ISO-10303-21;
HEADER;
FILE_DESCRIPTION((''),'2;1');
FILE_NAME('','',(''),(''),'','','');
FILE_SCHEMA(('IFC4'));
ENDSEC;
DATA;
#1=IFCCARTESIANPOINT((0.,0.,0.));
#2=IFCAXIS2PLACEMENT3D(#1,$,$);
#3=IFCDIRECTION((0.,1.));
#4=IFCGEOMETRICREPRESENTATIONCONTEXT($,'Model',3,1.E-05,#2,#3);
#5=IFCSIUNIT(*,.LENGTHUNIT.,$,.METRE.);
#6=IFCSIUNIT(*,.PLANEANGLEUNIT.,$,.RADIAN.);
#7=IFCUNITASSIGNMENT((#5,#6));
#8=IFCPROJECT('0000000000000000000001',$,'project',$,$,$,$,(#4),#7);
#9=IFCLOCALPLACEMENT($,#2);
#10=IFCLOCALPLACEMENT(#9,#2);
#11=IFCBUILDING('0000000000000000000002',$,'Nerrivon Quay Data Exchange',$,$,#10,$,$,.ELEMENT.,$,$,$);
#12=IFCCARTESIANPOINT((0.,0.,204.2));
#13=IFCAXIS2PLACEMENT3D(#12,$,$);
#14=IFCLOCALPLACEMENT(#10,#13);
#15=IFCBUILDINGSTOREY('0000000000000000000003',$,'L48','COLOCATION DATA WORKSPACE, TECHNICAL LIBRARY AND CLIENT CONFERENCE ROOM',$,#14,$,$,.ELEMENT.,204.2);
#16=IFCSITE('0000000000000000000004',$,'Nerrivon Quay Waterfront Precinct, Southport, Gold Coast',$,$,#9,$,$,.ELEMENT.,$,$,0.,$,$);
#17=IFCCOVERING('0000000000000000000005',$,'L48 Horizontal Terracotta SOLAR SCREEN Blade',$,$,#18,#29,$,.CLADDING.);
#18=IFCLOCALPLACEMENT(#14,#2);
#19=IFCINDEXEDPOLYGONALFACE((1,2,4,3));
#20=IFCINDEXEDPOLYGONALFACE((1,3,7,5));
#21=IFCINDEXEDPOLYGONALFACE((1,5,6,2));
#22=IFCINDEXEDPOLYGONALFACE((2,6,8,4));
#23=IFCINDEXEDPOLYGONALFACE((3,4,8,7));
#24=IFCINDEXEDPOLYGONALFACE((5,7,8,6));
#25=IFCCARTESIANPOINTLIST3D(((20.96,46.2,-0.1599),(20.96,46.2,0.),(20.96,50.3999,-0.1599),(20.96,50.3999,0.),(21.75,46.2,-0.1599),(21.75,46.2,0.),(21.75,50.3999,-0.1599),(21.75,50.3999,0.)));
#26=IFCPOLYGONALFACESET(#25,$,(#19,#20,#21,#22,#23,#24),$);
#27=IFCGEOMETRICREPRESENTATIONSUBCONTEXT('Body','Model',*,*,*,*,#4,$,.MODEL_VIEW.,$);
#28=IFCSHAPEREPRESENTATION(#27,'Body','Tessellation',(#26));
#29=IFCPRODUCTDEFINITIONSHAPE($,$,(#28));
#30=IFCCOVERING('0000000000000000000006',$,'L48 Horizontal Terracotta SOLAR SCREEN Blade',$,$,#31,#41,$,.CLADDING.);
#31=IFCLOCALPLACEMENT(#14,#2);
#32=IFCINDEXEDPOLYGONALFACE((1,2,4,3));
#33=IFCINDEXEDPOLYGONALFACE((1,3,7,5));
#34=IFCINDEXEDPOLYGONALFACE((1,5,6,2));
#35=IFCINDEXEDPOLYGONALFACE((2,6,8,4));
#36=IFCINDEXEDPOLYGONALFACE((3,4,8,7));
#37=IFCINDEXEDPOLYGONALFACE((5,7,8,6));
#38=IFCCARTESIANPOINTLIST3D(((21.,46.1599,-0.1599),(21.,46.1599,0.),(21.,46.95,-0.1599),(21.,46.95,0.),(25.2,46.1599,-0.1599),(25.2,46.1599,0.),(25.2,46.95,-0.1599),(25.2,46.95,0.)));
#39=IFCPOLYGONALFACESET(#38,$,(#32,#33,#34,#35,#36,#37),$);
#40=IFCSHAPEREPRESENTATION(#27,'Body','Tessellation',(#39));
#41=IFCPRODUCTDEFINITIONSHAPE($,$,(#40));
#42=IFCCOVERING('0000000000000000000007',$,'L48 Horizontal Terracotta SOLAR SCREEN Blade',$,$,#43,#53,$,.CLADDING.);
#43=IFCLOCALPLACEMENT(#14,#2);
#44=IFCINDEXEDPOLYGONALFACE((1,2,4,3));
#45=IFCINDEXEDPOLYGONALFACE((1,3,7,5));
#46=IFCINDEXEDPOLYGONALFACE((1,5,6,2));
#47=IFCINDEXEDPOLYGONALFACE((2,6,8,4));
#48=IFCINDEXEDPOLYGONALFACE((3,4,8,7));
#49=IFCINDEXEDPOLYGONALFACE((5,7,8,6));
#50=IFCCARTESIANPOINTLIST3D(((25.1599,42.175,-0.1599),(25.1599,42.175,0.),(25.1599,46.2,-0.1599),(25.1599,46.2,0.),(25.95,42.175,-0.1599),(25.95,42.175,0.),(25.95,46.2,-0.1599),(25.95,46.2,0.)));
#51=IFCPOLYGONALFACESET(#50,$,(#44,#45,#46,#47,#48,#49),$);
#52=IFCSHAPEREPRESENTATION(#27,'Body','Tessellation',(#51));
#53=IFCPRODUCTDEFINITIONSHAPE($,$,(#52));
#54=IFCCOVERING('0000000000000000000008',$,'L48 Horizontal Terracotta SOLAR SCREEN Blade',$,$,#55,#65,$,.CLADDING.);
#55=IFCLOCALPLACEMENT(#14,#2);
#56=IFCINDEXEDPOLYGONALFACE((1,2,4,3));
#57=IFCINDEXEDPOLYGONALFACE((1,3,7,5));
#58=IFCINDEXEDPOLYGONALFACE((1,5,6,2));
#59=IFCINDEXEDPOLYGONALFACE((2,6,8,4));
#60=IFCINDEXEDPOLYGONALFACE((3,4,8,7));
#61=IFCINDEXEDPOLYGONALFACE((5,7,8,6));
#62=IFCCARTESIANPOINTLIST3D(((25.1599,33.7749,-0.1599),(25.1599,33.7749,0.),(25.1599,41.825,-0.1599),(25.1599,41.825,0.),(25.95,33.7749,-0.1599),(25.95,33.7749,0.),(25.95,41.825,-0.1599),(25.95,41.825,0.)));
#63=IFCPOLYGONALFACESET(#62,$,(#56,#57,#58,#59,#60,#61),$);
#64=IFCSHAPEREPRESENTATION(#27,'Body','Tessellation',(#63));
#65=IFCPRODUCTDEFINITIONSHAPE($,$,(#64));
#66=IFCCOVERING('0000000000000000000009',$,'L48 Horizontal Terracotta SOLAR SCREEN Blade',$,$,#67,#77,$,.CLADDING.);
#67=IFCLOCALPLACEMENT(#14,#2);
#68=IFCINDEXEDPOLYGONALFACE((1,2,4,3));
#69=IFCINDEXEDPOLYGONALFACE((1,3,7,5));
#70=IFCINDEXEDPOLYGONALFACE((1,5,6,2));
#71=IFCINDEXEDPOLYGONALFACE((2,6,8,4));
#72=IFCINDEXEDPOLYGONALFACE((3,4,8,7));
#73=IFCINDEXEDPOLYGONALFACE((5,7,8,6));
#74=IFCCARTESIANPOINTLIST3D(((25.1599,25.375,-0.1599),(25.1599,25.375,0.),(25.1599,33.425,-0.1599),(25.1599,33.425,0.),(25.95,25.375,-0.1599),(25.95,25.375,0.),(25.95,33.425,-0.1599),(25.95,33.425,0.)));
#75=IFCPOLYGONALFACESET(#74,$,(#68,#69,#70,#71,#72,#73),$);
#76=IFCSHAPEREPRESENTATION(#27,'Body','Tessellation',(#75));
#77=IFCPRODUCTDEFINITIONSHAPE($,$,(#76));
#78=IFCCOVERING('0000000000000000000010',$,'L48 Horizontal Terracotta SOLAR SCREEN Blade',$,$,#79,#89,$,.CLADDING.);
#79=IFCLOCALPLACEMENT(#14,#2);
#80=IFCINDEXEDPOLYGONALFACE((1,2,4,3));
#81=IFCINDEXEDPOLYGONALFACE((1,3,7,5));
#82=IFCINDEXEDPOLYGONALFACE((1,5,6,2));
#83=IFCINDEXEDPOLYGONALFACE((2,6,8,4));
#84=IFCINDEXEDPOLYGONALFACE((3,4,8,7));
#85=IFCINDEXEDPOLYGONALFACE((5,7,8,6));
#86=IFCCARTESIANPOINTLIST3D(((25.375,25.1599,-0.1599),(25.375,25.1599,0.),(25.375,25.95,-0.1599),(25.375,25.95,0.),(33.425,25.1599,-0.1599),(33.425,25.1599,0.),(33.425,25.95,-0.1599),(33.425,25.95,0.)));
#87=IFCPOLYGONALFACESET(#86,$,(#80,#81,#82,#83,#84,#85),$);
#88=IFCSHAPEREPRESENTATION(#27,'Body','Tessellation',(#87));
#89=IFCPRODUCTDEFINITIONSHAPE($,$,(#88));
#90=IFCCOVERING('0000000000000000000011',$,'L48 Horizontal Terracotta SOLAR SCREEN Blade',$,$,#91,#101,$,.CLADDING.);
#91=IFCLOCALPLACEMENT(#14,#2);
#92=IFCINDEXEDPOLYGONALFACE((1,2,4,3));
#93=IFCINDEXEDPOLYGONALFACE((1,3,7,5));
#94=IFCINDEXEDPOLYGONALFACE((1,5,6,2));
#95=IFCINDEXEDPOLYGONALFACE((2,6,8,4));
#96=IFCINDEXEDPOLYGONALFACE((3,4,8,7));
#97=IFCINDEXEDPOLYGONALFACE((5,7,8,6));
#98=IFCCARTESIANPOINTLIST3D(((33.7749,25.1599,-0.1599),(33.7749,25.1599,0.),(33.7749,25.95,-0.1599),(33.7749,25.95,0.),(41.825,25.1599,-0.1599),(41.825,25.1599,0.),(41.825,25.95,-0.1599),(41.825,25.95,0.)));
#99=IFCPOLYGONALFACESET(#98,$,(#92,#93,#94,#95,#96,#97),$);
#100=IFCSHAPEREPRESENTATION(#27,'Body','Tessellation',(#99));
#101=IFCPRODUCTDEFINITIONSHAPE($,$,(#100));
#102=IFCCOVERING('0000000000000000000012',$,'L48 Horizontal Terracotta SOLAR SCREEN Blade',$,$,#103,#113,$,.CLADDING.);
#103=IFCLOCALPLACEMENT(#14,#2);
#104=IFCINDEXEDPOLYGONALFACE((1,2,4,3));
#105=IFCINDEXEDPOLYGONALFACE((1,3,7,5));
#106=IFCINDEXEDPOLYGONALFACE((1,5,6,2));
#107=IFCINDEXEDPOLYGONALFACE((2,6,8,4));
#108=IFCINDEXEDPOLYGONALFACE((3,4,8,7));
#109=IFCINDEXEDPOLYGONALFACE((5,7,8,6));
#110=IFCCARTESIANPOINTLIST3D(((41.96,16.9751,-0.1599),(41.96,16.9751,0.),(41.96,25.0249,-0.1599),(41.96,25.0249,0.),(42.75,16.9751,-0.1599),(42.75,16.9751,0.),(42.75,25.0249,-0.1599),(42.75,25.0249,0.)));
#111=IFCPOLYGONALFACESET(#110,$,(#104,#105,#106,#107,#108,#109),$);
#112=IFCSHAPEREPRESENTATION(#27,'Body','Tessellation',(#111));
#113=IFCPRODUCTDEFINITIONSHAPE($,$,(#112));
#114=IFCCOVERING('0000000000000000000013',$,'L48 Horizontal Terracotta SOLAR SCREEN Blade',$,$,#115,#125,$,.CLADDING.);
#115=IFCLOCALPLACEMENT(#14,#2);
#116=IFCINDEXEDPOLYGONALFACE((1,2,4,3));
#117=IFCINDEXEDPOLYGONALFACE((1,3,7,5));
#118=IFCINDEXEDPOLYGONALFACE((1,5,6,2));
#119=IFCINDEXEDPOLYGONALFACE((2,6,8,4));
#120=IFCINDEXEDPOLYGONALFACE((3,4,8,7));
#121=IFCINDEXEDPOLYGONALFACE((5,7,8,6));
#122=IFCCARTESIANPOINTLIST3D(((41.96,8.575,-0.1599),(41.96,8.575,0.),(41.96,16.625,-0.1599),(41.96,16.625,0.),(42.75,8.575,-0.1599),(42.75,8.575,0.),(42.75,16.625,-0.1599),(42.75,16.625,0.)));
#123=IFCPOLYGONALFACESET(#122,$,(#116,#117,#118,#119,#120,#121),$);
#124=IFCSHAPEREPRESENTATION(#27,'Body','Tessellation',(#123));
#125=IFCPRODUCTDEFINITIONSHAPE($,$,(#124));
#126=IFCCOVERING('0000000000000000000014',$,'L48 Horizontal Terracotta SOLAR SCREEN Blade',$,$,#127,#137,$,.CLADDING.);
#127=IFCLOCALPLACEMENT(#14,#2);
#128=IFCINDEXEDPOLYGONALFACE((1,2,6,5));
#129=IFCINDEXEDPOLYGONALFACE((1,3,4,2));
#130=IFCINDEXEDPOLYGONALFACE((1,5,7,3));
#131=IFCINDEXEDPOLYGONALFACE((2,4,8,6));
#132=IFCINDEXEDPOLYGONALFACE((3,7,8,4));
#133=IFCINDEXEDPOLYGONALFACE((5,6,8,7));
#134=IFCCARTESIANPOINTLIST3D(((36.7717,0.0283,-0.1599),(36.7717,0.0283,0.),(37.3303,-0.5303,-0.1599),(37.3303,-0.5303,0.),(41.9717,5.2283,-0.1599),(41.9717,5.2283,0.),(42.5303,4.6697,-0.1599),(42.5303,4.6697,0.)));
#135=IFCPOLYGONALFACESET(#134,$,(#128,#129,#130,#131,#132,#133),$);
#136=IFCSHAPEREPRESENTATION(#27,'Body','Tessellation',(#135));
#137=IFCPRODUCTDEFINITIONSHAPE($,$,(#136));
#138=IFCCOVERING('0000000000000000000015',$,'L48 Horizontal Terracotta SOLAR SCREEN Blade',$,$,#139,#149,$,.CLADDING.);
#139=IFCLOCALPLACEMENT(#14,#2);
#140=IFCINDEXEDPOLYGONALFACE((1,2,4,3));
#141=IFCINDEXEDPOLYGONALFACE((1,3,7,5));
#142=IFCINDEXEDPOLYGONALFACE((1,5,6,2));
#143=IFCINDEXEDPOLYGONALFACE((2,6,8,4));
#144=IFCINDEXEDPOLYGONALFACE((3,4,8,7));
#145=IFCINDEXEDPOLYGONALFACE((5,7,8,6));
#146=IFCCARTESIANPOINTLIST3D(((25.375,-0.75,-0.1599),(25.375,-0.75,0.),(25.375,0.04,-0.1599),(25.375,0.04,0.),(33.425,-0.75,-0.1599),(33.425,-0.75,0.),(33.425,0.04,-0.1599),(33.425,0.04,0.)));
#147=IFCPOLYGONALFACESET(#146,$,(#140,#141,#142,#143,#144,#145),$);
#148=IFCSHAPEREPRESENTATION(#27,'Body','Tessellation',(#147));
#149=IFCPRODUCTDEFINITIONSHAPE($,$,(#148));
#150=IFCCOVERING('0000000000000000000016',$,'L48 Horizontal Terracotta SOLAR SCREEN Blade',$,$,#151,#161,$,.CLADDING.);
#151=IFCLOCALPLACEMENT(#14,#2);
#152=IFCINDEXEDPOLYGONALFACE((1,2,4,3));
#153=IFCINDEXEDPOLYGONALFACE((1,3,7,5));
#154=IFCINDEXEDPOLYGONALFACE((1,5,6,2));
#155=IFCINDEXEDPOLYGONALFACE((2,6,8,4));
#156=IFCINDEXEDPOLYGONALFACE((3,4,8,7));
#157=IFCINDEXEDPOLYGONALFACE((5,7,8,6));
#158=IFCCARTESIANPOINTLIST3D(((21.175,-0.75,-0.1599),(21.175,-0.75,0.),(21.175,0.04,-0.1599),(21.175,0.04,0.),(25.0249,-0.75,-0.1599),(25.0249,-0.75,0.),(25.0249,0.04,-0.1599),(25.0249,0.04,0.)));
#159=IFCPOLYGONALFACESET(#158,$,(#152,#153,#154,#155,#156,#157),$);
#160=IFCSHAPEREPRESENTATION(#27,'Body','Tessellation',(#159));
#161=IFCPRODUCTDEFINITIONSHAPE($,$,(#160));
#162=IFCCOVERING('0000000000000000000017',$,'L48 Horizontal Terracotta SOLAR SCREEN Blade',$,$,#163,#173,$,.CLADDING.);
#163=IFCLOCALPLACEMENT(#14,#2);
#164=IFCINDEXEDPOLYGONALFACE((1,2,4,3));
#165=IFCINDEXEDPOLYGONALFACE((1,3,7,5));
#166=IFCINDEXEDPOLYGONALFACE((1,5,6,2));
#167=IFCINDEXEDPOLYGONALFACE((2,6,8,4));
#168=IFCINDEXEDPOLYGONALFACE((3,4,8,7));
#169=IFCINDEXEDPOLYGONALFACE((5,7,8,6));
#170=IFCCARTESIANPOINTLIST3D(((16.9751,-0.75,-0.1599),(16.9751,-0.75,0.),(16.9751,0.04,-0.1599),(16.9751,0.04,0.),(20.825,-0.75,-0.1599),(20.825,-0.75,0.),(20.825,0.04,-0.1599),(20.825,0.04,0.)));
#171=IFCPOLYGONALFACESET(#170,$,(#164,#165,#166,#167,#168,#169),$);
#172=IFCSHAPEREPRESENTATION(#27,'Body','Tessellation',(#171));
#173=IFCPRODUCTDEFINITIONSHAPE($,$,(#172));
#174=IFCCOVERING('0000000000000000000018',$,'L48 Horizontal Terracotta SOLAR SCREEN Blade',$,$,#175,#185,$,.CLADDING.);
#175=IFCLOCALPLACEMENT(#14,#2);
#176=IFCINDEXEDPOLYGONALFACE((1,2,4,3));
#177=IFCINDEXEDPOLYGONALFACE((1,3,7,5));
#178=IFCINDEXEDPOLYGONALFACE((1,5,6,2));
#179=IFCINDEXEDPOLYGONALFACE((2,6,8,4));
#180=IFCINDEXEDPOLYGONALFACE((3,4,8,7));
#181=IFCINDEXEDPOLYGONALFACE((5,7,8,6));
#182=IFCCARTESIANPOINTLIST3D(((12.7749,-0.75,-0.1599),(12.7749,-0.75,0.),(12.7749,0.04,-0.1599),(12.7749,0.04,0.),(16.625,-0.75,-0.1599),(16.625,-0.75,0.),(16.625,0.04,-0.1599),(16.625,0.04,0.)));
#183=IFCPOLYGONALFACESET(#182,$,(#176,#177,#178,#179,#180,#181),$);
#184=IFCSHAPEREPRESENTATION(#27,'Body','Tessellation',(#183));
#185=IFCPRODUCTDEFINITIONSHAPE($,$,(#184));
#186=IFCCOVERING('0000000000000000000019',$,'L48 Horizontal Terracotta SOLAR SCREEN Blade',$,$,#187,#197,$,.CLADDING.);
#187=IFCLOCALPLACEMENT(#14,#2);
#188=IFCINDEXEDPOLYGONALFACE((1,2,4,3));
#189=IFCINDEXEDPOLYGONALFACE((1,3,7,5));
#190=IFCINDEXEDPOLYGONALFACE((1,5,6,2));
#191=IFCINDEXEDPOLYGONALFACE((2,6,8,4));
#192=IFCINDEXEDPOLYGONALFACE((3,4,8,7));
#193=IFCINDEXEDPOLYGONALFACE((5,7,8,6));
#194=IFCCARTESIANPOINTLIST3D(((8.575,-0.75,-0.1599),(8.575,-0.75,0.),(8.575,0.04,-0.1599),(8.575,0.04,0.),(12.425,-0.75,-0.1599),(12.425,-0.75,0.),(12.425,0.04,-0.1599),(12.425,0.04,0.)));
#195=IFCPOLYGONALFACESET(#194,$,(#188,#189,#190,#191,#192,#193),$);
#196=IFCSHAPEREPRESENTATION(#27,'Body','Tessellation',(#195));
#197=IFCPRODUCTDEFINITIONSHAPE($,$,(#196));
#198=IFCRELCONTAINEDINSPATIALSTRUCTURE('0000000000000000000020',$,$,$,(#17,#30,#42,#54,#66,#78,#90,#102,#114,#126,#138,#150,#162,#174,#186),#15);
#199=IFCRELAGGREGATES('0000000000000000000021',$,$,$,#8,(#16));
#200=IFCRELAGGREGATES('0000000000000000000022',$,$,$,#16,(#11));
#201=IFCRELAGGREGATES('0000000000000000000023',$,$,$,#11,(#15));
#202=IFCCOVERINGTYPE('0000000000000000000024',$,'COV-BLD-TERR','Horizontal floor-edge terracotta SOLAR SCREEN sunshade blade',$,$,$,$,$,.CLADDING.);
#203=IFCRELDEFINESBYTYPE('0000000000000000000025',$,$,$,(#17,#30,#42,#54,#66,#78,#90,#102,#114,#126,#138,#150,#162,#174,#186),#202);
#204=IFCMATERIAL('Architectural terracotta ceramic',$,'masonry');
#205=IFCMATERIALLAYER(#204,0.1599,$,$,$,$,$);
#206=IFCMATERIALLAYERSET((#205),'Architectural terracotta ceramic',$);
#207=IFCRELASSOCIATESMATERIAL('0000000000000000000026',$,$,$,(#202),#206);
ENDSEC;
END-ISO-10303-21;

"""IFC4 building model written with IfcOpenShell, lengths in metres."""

from ifc_helpers import new_model, si_unit, direction, frame, origin, place, context, subcontext, project, spatial, polyline, outline, extrude, material, layer, layer_set, type_object, element, save


model = new_model("IFC4")

# Units and contexts
model_context = context("Model", 3, precision=1e-05, world=origin(), true_north=direction((0.0, 1.0)))
body_context = subcontext(model_context, "Body", "Model", "MODEL_VIEW")
ifc_project = project(units=[si_unit("LENGTHUNIT", "METRE"), si_unit("PLANEANGLEUNIT", "RADIAN")], contexts=[model_context])

# Site, building, storey
site_placement = place(None, origin())
site = spatial("IfcSite", under=ifc_project, at=site_placement, Name="Nerrivon Quay Waterfront Precinct, Southport, Gold Coast", CompositionType="ELEMENT", RefElevation=0.0)
building_placement = place(site_placement, origin())
building = spatial("IfcBuilding", under=site, at=building_placement, Name="Nerrivon Quay Data Exchange", CompositionType="ELEMENT")
storey_placement = place(building_placement, frame((0.0, 0.0, 204.2)))
storey = spatial("IfcBuildingStorey", under=building, at=storey_placement, Name="L48", Description="COLOCATION DATA WORKSPACE, TECHNICAL LIBRARY AND CLIENT CONFERENCE ROOM", CompositionType="ELEMENT", Elevation=204.2)

# Coverings
ifc_material_1 = material(Name="Architectural terracotta ceramic", Category="masonry")
ifc_layer_1 = layer(ifc_material_1, 0.1599)
ifc_layer_set_1 = layer_set([ifc_layer_1], Name="Architectural terracotta ceramic")
covering_type = type_object("IfcCoveringType", Name="COV-BLD-TERR", Description="Horizontal floor-edge terracotta SOLAR SCREEN sunshade blade", PredefinedType="CLADDING", material=ifc_layer_set_1)
covering_1_placement = place(storey_placement, frame((0.0, 0.0, -0.1599)))
element("IfcCovering", 1, at=covering_1_placement, inside=storey, type_object=covering_type, Name="L48 Horizontal Terracotta SOLAR SCREEN Blade", PredefinedType="CLADDING", context=body_context, shape_type="SweptSolid", body=[
    extrude(outline(polyline([(20.96, 50.3999), (20.96, 46.2), (21.75, 46.2), (21.75, 50.3999), (20.96, 50.3999)])), origin(), (0.0, 0.0, 1.0), 0.1599),
])
covering_2_placement = place(storey_placement, frame((0.0, 0.0, -0.1599)))
element("IfcCovering", 2, at=covering_2_placement, inside=storey, type_object=covering_type, Name="L48 Horizontal Terracotta SOLAR SCREEN Blade", PredefinedType="CLADDING", context=body_context, shape_type="SweptSolid", body=[
    extrude(outline(polyline([(21.0, 46.1599), (25.2, 46.1599), (25.2, 46.95), (21.0, 46.95), (21.0, 46.1599)])), origin(), (0.0, 0.0, 1.0), 0.1599),
])
covering_3_placement = place(storey_placement, frame((0.0, 0.0, -0.1599)))
element("IfcCovering", 3, at=covering_3_placement, inside=storey, type_object=covering_type, Name="L48 Horizontal Terracotta SOLAR SCREEN Blade", PredefinedType="CLADDING", context=body_context, shape_type="SweptSolid", body=[
    extrude(outline(polyline([(25.1599, 46.2), (25.1599, 42.175), (25.95, 42.175), (25.95, 46.2), (25.1599, 46.2)])), origin(), (0.0, 0.0, 1.0), 0.1599),
])
covering_4_placement = place(storey_placement, frame((0.0, 0.0, -0.1599)))
element("IfcCovering", 4, at=covering_4_placement, inside=storey, type_object=covering_type, Name="L48 Horizontal Terracotta SOLAR SCREEN Blade", PredefinedType="CLADDING", context=body_context, shape_type="SweptSolid", body=[
    extrude(outline(polyline([(25.1599, 41.825), (25.1599, 33.7749), (25.95, 33.7749), (25.95, 41.825), (25.1599, 41.825)])), origin(), (0.0, 0.0, 1.0), 0.1599),
])
covering_5_placement = place(storey_placement, frame((0.0, 0.0, -0.1599)))
element("IfcCovering", 5, at=covering_5_placement, inside=storey, type_object=covering_type, Name="L48 Horizontal Terracotta SOLAR SCREEN Blade", PredefinedType="CLADDING", context=body_context, shape_type="SweptSolid", body=[
    extrude(outline(polyline([(25.1599, 33.425), (25.1599, 25.375), (25.95, 25.375), (25.95, 33.425), (25.1599, 33.425)])), origin(), (0.0, 0.0, 1.0), 0.1599),
])
covering_6_placement = place(storey_placement, frame((0.0, 0.0, -0.1599)))
element("IfcCovering", 6, at=covering_6_placement, inside=storey, type_object=covering_type, Name="L48 Horizontal Terracotta SOLAR SCREEN Blade", PredefinedType="CLADDING", context=body_context, shape_type="SweptSolid", body=[
    extrude(outline(polyline([(25.375, 25.1599), (33.425, 25.1599), (33.425, 25.95), (25.375, 25.95), (25.375, 25.1599)])), origin(), (0.0, 0.0, 1.0), 0.1599),
])
covering_7_placement = place(storey_placement, frame((0.0, 0.0, -0.1599)))
element("IfcCovering", 7, at=covering_7_placement, inside=storey, type_object=covering_type, Name="L48 Horizontal Terracotta SOLAR SCREEN Blade", PredefinedType="CLADDING", context=body_context, shape_type="SweptSolid", body=[
    extrude(outline(polyline([(33.7749, 25.1599), (41.825, 25.1599), (41.825, 25.95), (33.7749, 25.95), (33.7749, 25.1599)])), origin(), (0.0, 0.0, 1.0), 0.1599),
])
covering_8_placement = place(storey_placement, frame((0.0, 0.0, -0.1599)))
element("IfcCovering", 8, at=covering_8_placement, inside=storey, type_object=covering_type, Name="L48 Horizontal Terracotta SOLAR SCREEN Blade", PredefinedType="CLADDING", context=body_context, shape_type="SweptSolid", body=[
    extrude(outline(polyline([(41.96, 25.0249), (41.96, 16.9751), (42.75, 16.9751), (42.75, 25.0249), (41.96, 25.0249)])), origin(), (0.0, 0.0, 1.0), 0.1599),
])
covering_9_placement = place(storey_placement, frame((0.0, 0.0, -0.1599)))
element("IfcCovering", 9, at=covering_9_placement, inside=storey, type_object=covering_type, Name="L48 Horizontal Terracotta SOLAR SCREEN Blade", PredefinedType="CLADDING", context=body_context, shape_type="SweptSolid", body=[
    extrude(outline(polyline([(41.96, 16.625), (41.96, 8.575), (42.75, 8.575), (42.75, 16.625), (41.96, 16.625)])), origin(), (0.0, 0.0, 1.0), 0.1599),
])
covering_10_placement = place(storey_placement, frame((0.0, 0.0, -0.1599)))
element("IfcCovering", 10, at=covering_10_placement, inside=storey, type_object=covering_type, Name="L48 Horizontal Terracotta SOLAR SCREEN Blade", PredefinedType="CLADDING", context=body_context, shape_type="SweptSolid", body=[
    extrude(outline(polyline([(41.9717, 5.2283), (36.7717, 0.0283), (37.3303, -0.5303), (42.5303, 4.6697), (41.9717, 5.2283)])), origin(), (0.0, 0.0, 1.0), 0.1599),
])
covering_11_placement = place(storey_placement, frame((0.0, 0.0, -0.1599)))
element("IfcCovering", 11, at=covering_11_placement, inside=storey, type_object=covering_type, Name="L48 Horizontal Terracotta SOLAR SCREEN Blade", PredefinedType="CLADDING", context=body_context, shape_type="SweptSolid", body=[
    extrude(outline(polyline([(33.425, 0.04), (25.375, 0.04), (25.375, -0.75), (33.425, -0.75), (33.425, 0.04)])), origin(), (0.0, 0.0, 1.0), 0.1599),
])
covering_12_placement = place(storey_placement, frame((0.0, 0.0, -0.1599)))
element("IfcCovering", 12, at=covering_12_placement, inside=storey, type_object=covering_type, Name="L48 Horizontal Terracotta SOLAR SCREEN Blade", PredefinedType="CLADDING", context=body_context, shape_type="SweptSolid", body=[
    extrude(outline(polyline([(25.0249, 0.04), (21.175, 0.04), (21.175, -0.75), (25.0249, -0.75), (25.0249, 0.04)])), origin(), (0.0, 0.0, 1.0), 0.1599),
])
covering_13_placement = place(storey_placement, frame((0.0, 0.0, -0.1599)))
element("IfcCovering", 13, at=covering_13_placement, inside=storey, type_object=covering_type, Name="L48 Horizontal Terracotta SOLAR SCREEN Blade", PredefinedType="CLADDING", context=body_context, shape_type="SweptSolid", body=[
    extrude(outline(polyline([(20.825, 0.04), (16.9751, 0.04), (16.9751, -0.75), (20.825, -0.75), (20.825, 0.04)])), origin(), (0.0, 0.0, 1.0), 0.1599),
])
covering_14_placement = place(storey_placement, frame((0.0, 0.0, -0.1599)))
element("IfcCovering", 14, at=covering_14_placement, inside=storey, type_object=covering_type, Name="L48 Horizontal Terracotta SOLAR SCREEN Blade", PredefinedType="CLADDING", context=body_context, shape_type="SweptSolid", body=[
    extrude(outline(polyline([(16.625, 0.04), (12.7749, 0.04), (12.7749, -0.75), (16.625, -0.75), (16.625, 0.04)])), origin(), (0.0, 0.0, 1.0), 0.1599),
])
covering_15_placement = place(storey_placement, frame((0.0, 0.0, -0.1599)))
element("IfcCovering", 15, at=covering_15_placement, inside=storey, type_object=covering_type, Name="L48 Horizontal Terracotta SOLAR SCREEN Blade", PredefinedType="CLADDING", context=body_context, shape_type="SweptSolid", body=[
    extrude(outline(polyline([(12.425, 0.04), (8.575, 0.04), (8.575, -0.75), (12.425, -0.75), (12.425, 0.04)])), origin(), (0.0, 0.0, 1.0), 0.1599),
])

save(model, "model.ifc")
